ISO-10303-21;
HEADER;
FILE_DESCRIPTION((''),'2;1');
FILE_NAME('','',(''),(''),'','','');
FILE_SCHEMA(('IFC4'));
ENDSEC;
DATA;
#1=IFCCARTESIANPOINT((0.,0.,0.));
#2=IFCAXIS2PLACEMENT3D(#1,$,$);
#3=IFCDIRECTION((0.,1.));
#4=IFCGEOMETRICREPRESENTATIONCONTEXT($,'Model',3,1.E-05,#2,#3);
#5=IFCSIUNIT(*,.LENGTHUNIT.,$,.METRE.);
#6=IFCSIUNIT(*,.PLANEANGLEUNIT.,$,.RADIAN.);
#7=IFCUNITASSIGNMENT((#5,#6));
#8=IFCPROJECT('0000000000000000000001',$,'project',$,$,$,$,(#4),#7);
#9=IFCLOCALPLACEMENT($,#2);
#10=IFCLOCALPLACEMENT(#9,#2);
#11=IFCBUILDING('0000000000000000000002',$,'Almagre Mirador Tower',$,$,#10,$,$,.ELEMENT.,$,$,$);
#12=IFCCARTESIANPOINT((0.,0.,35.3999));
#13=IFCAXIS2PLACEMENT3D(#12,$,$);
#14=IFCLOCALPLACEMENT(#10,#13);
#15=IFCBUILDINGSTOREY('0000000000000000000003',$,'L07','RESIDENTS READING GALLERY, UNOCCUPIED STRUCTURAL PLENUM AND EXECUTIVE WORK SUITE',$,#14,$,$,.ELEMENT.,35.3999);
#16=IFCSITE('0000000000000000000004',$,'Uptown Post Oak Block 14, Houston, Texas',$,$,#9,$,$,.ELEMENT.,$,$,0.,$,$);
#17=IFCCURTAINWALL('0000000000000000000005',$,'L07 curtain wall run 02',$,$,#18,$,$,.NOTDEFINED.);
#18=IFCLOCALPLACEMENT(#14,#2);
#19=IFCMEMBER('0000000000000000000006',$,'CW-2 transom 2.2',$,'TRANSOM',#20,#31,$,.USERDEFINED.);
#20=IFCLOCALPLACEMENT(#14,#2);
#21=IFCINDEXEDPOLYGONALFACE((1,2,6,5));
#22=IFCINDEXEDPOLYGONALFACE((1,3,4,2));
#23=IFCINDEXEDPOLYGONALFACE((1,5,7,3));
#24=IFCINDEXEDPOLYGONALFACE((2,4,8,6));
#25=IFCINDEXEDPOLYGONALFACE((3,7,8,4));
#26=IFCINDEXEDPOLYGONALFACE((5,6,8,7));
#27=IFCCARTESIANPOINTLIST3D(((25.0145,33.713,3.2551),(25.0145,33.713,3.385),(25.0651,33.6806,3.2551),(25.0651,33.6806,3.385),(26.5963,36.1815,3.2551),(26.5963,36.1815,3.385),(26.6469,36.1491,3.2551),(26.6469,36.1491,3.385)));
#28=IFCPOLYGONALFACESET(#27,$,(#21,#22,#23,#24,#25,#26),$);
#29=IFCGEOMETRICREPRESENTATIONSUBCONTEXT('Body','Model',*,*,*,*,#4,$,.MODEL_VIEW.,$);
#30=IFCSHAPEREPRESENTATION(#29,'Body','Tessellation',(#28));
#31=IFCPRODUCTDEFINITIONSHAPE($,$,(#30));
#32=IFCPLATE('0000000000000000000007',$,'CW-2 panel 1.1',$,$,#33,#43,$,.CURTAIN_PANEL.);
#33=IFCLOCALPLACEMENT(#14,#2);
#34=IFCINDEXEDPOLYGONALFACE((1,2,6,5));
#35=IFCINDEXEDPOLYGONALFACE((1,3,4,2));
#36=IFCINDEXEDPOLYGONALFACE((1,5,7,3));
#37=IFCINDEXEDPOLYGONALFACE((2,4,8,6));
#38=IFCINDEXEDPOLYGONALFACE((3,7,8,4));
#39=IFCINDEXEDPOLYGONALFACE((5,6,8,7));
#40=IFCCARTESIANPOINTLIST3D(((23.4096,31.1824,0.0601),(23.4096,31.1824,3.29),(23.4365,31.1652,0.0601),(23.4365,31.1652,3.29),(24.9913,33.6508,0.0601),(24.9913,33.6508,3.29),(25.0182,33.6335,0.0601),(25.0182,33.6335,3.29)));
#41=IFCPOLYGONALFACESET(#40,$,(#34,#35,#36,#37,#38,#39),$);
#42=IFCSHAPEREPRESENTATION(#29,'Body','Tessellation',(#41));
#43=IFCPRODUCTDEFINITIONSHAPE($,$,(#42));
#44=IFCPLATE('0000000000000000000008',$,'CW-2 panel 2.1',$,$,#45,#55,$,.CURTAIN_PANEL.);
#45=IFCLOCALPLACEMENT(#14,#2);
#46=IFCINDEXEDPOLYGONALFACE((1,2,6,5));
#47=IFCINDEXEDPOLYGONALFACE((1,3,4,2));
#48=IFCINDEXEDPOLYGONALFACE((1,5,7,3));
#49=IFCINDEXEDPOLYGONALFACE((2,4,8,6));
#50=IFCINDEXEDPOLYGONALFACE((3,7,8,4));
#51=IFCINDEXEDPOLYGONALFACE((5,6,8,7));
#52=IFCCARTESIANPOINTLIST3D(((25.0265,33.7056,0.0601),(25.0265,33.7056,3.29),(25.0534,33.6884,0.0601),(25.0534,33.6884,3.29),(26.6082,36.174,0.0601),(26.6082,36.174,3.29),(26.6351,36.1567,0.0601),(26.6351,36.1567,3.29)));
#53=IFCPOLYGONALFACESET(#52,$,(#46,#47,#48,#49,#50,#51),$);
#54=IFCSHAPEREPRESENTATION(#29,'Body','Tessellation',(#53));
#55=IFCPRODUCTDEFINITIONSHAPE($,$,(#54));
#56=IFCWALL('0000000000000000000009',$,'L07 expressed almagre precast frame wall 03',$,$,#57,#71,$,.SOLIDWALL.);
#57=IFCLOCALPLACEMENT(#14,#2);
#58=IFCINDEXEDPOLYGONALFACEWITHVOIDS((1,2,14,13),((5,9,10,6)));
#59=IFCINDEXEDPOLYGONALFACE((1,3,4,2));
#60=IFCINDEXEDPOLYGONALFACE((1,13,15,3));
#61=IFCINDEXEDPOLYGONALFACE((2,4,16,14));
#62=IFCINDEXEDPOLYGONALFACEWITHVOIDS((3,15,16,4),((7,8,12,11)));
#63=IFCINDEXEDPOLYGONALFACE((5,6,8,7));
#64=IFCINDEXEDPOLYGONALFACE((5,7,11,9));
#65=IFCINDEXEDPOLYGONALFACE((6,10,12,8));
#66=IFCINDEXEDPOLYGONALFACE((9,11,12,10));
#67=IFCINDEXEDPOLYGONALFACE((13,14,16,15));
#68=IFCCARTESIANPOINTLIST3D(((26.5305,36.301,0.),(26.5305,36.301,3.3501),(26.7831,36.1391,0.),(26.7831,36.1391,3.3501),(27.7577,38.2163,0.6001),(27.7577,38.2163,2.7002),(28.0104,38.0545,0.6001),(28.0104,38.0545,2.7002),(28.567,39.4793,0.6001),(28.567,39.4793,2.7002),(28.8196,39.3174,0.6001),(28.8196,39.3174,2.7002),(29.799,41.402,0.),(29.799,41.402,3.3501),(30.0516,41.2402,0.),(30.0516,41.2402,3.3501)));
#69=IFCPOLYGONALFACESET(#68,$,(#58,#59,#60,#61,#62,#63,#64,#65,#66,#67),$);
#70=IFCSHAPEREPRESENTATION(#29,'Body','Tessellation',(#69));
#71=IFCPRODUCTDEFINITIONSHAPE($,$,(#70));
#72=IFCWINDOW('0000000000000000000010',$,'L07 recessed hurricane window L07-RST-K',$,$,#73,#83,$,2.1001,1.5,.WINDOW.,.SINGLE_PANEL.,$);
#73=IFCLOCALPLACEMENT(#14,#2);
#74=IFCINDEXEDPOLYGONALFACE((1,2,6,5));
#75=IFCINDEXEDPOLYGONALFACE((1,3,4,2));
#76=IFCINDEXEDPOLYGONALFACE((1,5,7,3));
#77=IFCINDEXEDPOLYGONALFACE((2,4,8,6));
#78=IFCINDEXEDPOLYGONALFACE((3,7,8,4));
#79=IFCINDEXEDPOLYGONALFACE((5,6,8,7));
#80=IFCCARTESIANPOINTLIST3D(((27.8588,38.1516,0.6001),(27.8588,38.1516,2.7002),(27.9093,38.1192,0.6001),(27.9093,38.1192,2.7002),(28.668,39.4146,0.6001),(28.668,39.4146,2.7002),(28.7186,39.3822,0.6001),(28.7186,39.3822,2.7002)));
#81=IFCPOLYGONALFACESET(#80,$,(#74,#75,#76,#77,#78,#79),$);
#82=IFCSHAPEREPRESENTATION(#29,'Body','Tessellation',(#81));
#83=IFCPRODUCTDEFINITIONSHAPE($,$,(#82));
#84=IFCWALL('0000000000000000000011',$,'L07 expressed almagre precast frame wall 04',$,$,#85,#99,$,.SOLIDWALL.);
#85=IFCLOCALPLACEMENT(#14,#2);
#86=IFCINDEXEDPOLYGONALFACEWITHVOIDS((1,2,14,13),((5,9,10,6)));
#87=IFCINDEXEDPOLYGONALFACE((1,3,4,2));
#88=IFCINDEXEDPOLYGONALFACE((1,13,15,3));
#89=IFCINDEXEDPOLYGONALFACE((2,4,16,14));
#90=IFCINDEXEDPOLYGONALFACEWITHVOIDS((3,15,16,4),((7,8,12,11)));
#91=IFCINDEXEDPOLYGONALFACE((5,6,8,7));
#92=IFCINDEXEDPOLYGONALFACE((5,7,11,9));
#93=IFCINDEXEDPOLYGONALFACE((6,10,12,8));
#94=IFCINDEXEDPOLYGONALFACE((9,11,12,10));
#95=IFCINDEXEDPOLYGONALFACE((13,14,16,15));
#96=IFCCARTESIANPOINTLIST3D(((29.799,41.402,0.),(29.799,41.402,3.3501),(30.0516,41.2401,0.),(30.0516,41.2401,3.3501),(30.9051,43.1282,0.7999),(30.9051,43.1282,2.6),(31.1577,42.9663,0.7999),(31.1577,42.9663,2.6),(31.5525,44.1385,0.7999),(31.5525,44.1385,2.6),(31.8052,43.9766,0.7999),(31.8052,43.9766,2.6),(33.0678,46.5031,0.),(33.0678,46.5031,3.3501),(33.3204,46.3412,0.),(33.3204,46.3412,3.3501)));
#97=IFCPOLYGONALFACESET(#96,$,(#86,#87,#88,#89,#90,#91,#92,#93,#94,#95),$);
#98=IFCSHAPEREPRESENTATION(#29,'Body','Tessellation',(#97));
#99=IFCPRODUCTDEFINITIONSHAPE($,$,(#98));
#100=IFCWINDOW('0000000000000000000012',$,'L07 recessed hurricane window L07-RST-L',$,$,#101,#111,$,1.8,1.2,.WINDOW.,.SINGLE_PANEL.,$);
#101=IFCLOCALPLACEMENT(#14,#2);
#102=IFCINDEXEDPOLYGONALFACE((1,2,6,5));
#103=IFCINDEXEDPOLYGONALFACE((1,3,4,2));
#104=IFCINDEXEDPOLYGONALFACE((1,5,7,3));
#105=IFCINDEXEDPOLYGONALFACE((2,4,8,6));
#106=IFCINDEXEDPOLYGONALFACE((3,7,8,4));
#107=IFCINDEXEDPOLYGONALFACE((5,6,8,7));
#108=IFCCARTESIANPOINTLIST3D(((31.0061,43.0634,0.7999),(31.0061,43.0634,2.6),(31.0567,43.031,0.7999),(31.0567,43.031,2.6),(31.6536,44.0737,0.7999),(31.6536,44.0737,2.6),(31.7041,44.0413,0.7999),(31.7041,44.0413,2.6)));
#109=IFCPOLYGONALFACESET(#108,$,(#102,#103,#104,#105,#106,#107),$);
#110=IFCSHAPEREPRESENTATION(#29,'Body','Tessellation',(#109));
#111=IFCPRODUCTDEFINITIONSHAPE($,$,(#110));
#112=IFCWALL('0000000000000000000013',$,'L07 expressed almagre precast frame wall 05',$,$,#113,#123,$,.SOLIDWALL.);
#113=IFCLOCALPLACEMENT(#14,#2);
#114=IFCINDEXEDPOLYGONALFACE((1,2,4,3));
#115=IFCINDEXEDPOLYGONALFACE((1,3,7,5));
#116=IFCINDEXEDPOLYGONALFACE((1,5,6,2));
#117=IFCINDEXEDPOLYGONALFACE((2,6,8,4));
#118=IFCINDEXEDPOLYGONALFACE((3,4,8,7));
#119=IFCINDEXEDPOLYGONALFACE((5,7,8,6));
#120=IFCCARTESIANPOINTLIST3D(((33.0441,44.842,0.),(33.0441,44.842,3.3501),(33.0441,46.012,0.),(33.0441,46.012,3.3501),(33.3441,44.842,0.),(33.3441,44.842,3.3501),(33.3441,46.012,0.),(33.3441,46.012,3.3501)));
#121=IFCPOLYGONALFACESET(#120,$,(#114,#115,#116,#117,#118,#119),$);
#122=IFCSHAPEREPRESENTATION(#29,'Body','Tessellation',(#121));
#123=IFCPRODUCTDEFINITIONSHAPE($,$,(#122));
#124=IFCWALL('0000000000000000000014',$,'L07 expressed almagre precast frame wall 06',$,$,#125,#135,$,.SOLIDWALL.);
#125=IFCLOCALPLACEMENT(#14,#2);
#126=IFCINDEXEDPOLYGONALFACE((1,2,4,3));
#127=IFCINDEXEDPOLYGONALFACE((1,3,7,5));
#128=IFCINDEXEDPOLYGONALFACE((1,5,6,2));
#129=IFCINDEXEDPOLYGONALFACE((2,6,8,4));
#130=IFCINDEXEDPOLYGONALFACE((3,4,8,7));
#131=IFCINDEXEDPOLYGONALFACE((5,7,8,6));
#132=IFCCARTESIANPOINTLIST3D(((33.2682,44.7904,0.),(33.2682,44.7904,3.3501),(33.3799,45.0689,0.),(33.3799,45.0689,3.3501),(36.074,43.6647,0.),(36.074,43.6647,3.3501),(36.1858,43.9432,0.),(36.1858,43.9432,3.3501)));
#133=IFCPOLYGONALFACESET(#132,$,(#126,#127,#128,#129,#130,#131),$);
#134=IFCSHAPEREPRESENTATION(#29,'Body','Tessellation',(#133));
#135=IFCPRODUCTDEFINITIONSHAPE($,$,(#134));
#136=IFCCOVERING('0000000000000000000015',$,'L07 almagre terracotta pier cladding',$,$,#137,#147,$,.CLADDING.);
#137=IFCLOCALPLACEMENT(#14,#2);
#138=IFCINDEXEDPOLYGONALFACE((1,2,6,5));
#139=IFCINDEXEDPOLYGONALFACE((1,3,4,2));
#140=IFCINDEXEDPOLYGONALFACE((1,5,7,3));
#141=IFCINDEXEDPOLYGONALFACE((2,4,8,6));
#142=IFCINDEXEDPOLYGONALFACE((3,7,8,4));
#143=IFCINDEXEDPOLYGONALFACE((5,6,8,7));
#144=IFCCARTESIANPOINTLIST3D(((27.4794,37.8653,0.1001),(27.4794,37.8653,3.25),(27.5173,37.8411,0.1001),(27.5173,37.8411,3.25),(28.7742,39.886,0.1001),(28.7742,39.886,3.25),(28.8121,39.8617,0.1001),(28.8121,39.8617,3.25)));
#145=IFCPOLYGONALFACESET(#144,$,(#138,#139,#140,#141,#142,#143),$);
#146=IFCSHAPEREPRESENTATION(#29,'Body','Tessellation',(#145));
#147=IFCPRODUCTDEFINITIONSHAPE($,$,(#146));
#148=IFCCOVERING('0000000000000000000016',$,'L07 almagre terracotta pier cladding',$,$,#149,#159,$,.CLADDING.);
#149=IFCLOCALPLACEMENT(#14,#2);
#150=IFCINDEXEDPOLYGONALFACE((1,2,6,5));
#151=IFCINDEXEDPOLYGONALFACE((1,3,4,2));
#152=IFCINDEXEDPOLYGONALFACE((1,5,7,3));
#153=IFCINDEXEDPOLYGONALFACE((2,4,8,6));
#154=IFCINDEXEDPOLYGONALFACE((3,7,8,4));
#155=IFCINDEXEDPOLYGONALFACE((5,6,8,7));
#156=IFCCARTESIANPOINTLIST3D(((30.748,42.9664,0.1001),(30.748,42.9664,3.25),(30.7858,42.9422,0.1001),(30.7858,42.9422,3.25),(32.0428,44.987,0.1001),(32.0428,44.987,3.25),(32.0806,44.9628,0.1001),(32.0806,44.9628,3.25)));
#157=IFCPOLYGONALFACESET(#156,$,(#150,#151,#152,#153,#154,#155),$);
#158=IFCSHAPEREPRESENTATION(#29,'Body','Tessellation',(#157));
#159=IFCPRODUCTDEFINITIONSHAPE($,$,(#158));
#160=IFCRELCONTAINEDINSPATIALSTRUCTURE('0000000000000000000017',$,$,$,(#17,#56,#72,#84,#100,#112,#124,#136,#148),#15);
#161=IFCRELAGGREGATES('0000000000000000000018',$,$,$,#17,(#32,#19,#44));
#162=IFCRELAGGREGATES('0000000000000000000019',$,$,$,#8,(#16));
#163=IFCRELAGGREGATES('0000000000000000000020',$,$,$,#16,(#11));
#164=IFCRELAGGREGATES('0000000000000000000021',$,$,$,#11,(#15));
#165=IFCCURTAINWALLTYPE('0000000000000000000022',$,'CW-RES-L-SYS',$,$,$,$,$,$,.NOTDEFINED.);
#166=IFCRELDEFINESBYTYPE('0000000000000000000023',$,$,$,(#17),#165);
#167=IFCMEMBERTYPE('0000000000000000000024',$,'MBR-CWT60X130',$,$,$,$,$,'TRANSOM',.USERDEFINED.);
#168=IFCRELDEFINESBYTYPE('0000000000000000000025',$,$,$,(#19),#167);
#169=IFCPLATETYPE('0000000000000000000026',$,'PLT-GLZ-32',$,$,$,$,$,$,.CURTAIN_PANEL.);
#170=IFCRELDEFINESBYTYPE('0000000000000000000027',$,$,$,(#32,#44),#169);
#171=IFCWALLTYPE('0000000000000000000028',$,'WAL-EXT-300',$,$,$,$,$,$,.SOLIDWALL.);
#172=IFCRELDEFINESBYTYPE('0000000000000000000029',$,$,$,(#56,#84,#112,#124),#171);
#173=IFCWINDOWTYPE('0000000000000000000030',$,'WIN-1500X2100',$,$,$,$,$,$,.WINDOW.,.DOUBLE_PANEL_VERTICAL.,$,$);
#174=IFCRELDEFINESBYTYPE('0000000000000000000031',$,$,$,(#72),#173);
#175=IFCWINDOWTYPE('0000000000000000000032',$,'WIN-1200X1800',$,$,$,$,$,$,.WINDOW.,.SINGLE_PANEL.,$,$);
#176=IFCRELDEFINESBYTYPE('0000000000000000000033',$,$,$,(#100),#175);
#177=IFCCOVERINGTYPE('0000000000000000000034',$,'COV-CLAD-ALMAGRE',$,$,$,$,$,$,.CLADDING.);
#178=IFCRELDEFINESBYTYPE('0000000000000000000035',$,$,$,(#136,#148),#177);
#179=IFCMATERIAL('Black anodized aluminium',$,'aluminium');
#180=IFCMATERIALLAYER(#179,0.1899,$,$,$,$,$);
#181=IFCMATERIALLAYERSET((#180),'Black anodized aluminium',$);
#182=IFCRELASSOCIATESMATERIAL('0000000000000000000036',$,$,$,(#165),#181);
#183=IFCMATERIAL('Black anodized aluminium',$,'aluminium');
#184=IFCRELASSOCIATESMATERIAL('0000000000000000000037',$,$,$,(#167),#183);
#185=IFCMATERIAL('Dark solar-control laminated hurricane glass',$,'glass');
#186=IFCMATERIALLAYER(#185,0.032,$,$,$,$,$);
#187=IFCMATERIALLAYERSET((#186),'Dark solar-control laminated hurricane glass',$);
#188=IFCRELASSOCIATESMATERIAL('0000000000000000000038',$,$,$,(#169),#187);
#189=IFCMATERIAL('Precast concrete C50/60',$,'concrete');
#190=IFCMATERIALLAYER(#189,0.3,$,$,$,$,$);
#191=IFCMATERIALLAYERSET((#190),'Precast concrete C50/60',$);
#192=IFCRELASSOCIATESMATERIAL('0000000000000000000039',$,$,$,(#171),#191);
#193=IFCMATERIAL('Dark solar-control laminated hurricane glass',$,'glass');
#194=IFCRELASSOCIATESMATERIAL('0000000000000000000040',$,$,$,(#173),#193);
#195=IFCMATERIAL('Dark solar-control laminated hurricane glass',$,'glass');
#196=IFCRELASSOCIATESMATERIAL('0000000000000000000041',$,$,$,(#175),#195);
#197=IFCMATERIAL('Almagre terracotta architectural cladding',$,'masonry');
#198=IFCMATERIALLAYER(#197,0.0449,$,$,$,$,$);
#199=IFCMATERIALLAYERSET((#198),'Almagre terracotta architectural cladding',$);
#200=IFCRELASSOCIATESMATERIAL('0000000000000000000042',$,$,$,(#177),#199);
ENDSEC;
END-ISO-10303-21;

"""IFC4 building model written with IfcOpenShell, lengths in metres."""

from ifc_helpers import new_model, si_unit, direction, frame, frame_2d, origin, origin_2d, place, context, subcontext, project, spatial, rectangle, extrude, material, layer, layer_set, material_profile, profile_set, type_object, element, fill, aggregate, save


model = new_model("IFC4")

# Units and contexts
model_context = context("Model", 3, precision=1e-05, world=origin(), true_north=direction((0.0, 1.0)))
body_context = subcontext(model_context, "Body", "Model", "MODEL_VIEW")
ifc_project = project(units=[si_unit("LENGTHUNIT", "METRE"), si_unit("PLANEANGLEUNIT", "RADIAN")], contexts=[model_context])

# Site, building, storey
site_placement = place(None, origin())
site = spatial("IfcSite", under=ifc_project, at=site_placement, Name="Uptown Post Oak Block 14, Houston, Texas", CompositionType="ELEMENT", RefElevation=0.0)
building_placement = place(site_placement, origin())
building = spatial("IfcBuilding", under=site, at=building_placement, Name="Almagre Mirador Tower", CompositionType="ELEMENT")
storey_placement = place(building_placement, frame((0.0, 0.0, 35.3999)))
storey = spatial("IfcBuildingStorey", under=building, at=storey_placement, Name="L07", Description="RESIDENTS READING GALLERY, UNOCCUPIED STRUCTURAL PLENUM AND EXECUTIVE WORK SUITE", CompositionType="ELEMENT", Elevation=35.3999)

# Curtain wall, member, plates
ifc_material_1 = material(Name="Black anodized aluminium", Category="aluminium")
ifc_layer_1 = layer(ifc_material_1, 0.1899)
ifc_layer_set_1 = layer_set([ifc_layer_1], Name="Black anodized aluminium")
curtain_wall_type = type_object("IfcCurtainWallType", Name="CW-RES-L-SYS", PredefinedType="NOTDEFINED", material=ifc_layer_set_1)
curtain_wall_placement = place(storey_placement, origin())
curtain_wall = element("IfcCurtainWall", 1, at=curtain_wall_placement, inside=storey, type_object=curtain_wall_type, Name="L07 curtain wall run 02", PredefinedType="NOTDEFINED")
ifc_material_2 = material(Name="Black anodized aluminium", Category="aluminium")
ifc_material_profile_1 = material_profile(ifc_material_2, rectangle(XDim=0.0601, YDim=0.1299, at=origin_2d()), Name="CWT60X130")
ifc_profile_set_1 = profile_set([ifc_material_profile_1], Name="Black anodized aluminium")
member_type_1 = type_object("IfcMemberType", Name="MBR-CWT60X130", ElementType="TRANSOM", PredefinedType="USERDEFINED", material=ifc_profile_set_1)
member_1_placement = place(storey_placement, frame((25.0398, 33.6968, 3.3201), z_axis=(0.539524, 0.84197, 0.0), x_axis=(-0.84197, 0.539524, 0.0)))
member_1 = element("IfcMember", 2, at=member_1_placement, type_object=member_type_1, Name="CW-2 transom 2.2", ObjectType="TRANSOM", PredefinedType="USERDEFINED", context=body_context, shape_type="SweptSolid", body=[
    extrude(rectangle(XDim=0.0601, YDim=0.1299, at=origin_2d()), origin(), (0.0, 0.0, 1.0), 2.9319),
])
ifc_material_3 = material(Name="Dark solar-control laminated hurricane glass", Category="glass")
ifc_layer_2 = layer(ifc_material_3, 0.032)
ifc_layer_set_2 = layer_set([ifc_layer_2], Name="Dark solar-control laminated hurricane glass")
plate_type = type_object("IfcPlateType", Name="PLT-GLZ-32", PredefinedType="CURTAIN_PANEL", material=ifc_layer_set_2)
plate_1_placement = place(storey_placement, frame((24.2139, 32.408, 0.0601), z_axis=(0.0, 0.0, 1.0), x_axis=(0.539529, 0.841967, 0.0)))
plate_1 = element("IfcPlate", 3, at=plate_1_placement, type_object=plate_type, Name="CW-2 panel 1.1", PredefinedType="CURTAIN_PANEL", context=body_context, shape_type="SweptSolid", body=[
    extrude(rectangle(XDim=2.9316, YDim=0.032, at=origin_2d()), origin(), (0.0, 0.0, 1.0), 3.23),
])
plate_2_placement = place(storey_placement, frame((25.8308, 34.9312, 0.0601), z_axis=(0.0, 0.0, 1.0), x_axis=(0.539529, 0.841967, 0.0)))
plate_2 = element("IfcPlate", 4, at=plate_2_placement, type_object=plate_type, Name="CW-2 panel 2.1", PredefinedType="CURTAIN_PANEL", context=body_context, shape_type="SweptSolid", body=[
    extrude(rectangle(XDim=2.9316, YDim=0.032, at=origin_2d()), origin(), (0.0, 0.0, 1.0), 3.23),
])
aggregate(curtain_wall, [plate_1, member_1, plate_2])

# Walls, openings, windows
ifc_material_4 = material(Name="Precast concrete C50/60", Category="concrete")
ifc_layer_3 = layer(ifc_material_4, 0.3)
ifc_layer_set_3 = layer_set([ifc_layer_3], Name="Precast concrete C50/60")
wall_type = type_object("IfcWallType", Name="WAL-EXT-300", PredefinedType="SOLIDWALL", material=ifc_layer_set_3)
wall_1_placement = place(storey_placement, frame((26.6567, 36.22, 0.0), z_axis=(0.0, 0.0, 1.0), x_axis=(0.539506, 0.841981, 0.0)))
wall_1 = element("IfcWall", 5, at=wall_1_placement, inside=storey, type_object=wall_type, Name="L07 expressed almagre precast frame wall 03", PredefinedType="SOLIDWALL", context=body_context, shape_type="SweptSolid", body=[
    extrude(rectangle(XDim=6.0583, YDim=0.3, at=frame_2d((3.0293, 0.0))), origin(), (0.0, 0.0, 1.0), 3.3501),
])
opening_1_placement = place(wall_1_placement, frame((2.2749, 0.0, 0.6001)))
opening_1 = element("IfcOpeningElement", 6, at=opening_1_placement, cuts=wall_1, PredefinedType="OPENING", context=body_context, shape_type="SweptSolid", body=[
    extrude(rectangle(XDim=1.5, YDim=2.1001, at=frame_2d((0.75, 1.05))), frame((0.0, 0.1599, 0.0), z_axis=(0.0, -1.0, 0.0), x_axis=(1.0, 0.0, 0.0)), (0.0, 0.0, 1.0), 0.32),
])
ifc_material_5 = material(Name="Dark solar-control laminated hurricane glass", Category="glass")
window_type_1 = type_object("IfcWindowType", Name="WIN-1500X2100", PartitioningType="DOUBLE_PANEL_VERTICAL", PredefinedType="WINDOW", material=ifc_material_5)
window_1_placement = place(opening_1_placement, origin())
window_1 = element("IfcWindow", 7, at=window_1_placement, inside=storey, type_object=window_type_1, Name="L07 recessed hurricane window L07-RST-K", OverallHeight=2.1001, OverallWidth=1.5, PartitioningType="SINGLE_PANEL", PredefinedType="WINDOW", context=body_context, shape_type="SweptSolid", body=[
    extrude(rectangle(XDim=1.5, YDim=2.1001, at=frame_2d((0.75, 1.05))), frame((0.0, 0.03, 0.0), z_axis=(0.0, -1.0, 0.0), x_axis=(1.0, 0.0, 0.0)), (0.0, 0.0, 1.0), 0.0601),
])
fill(opening_1, window_1)
wall_2_placement = place(storey_placement, frame((29.9253, 41.321, 0.0), z_axis=(0.0, 0.0, 1.0), x_axis=(0.539535, 0.841963, 0.0)))
wall_2 = element("IfcWall", 8, at=wall_2_placement, inside=storey, type_object=wall_type, Name="L07 expressed almagre precast frame wall 04", PredefinedType="SOLIDWALL", context=body_context, shape_type="SweptSolid", body=[
    extrude(rectangle(XDim=6.0586, YDim=0.3, at=frame_2d((3.0293, 0.0))), origin(), (0.0, 0.0, 1.0), 3.3501),
])
opening_2_placement = place(wall_2_placement, frame((2.05, 0.0, 0.8)))
opening_2 = element("IfcOpeningElement", 9, at=opening_2_placement, cuts=wall_2, PredefinedType="OPENING", context=body_context, shape_type="SweptSolid", body=[
    extrude(rectangle(XDim=1.2, YDim=1.8, at=frame_2d((0.6001, 0.8999))), frame((0.0, 0.1599, 0.0), z_axis=(0.0, -1.0, 0.0), x_axis=(1.0, 0.0, 0.0)), (0.0, 0.0, 1.0), 0.32),
])
ifc_material_6 = material(Name="Dark solar-control laminated hurricane glass", Category="glass")
window_type_2 = type_object("IfcWindowType", Name="WIN-1200X1800", PartitioningType="SINGLE_PANEL", PredefinedType="WINDOW", material=ifc_material_6)
window_2_placement = place(opening_2_placement, origin())
window_2 = element("IfcWindow", 10, at=window_2_placement, inside=storey, type_object=window_type_2, Name="L07 recessed hurricane window L07-RST-L", OverallHeight=1.8, OverallWidth=1.2, PartitioningType="SINGLE_PANEL", PredefinedType="WINDOW", context=body_context, shape_type="SweptSolid", body=[
    extrude(rectangle(XDim=1.2, YDim=1.8, at=frame_2d((0.6001, 0.8999))), frame((0.0, 0.03, 0.0), z_axis=(0.0, -1.0, 0.0), x_axis=(1.0, 0.0, 0.0)), (0.0, 0.0, 1.0), 0.0601),
])
fill(opening_2, window_2)

# Walls
wall_3_placement = place(storey_placement, frame((33.1941, 46.012, 0.0), z_axis=(0.0, 0.0, 1.0), x_axis=(0.0, -1.0, 0.0)))
element("IfcWall", 11, at=wall_3_placement, inside=storey, type_object=wall_type, Name="L07 expressed almagre precast frame wall 05", PredefinedType="SOLIDWALL", context=body_context, shape_type="SweptSolid", body=[
    extrude(rectangle(XDim=1.1699, YDim=0.3, at=frame_2d((0.585, 0.0))), origin(), (0.0, 0.0, 1.0), 3.3501),
])
wall_4_placement = place(storey_placement, frame((33.324, 44.9297, 0.0), z_axis=(0.0, 0.0, 1.0), x_axis=(0.928092, -0.372351, 0.0)))
element("IfcWall", 12, at=wall_4_placement, inside=storey, type_object=wall_type, Name="L07 expressed almagre precast frame wall 06", PredefinedType="SOLIDWALL", context=body_context, shape_type="SweptSolid", body=[
    extrude(rectangle(XDim=3.0232, YDim=0.3, at=frame_2d((1.5117, 0.0))), origin(), (0.0, 0.0, 1.0), 3.3501),
])

# Coverings
ifc_material_7 = material(Name="Almagre terracotta architectural cladding", Category="masonry")
ifc_layer_4 = layer(ifc_material_7, 0.0449)
ifc_layer_set_4 = layer_set([ifc_layer_4], Name="Almagre terracotta architectural cladding")
covering_type = type_object("IfcCoveringType", Name="COV-CLAD-ALMAGRE", PredefinedType="CLADDING", material=ifc_layer_set_4)
for number, where, z_axis, x_axis, name in (
    (13, (28.1458, 38.8635, 0.1001), (0.0, 0.0, 1.0), (0.53952, 0.841972, 0.0), "L07 almagre terracotta pier cladding"),
    (14, (31.4143, 43.9646, 0.1001), (0.0, 0.0, 1.0), (0.539535, 0.841963, 0.0), "L07 almagre terracotta pier cladding"),
):
    element("IfcCovering", number, at=place(storey_placement, frame(where, z_axis=z_axis, x_axis=x_axis)), inside=storey, type_object=covering_type, Name=name, PredefinedType="CLADDING", context=body_context, shape_type="SweptSolid", body=[
        extrude(rectangle(XDim=2.3999, YDim=0.0449, at=origin_2d()), origin(), (0.0, 0.0, 1.0), 3.1499),
    ])

save(model, "model.ifc")
